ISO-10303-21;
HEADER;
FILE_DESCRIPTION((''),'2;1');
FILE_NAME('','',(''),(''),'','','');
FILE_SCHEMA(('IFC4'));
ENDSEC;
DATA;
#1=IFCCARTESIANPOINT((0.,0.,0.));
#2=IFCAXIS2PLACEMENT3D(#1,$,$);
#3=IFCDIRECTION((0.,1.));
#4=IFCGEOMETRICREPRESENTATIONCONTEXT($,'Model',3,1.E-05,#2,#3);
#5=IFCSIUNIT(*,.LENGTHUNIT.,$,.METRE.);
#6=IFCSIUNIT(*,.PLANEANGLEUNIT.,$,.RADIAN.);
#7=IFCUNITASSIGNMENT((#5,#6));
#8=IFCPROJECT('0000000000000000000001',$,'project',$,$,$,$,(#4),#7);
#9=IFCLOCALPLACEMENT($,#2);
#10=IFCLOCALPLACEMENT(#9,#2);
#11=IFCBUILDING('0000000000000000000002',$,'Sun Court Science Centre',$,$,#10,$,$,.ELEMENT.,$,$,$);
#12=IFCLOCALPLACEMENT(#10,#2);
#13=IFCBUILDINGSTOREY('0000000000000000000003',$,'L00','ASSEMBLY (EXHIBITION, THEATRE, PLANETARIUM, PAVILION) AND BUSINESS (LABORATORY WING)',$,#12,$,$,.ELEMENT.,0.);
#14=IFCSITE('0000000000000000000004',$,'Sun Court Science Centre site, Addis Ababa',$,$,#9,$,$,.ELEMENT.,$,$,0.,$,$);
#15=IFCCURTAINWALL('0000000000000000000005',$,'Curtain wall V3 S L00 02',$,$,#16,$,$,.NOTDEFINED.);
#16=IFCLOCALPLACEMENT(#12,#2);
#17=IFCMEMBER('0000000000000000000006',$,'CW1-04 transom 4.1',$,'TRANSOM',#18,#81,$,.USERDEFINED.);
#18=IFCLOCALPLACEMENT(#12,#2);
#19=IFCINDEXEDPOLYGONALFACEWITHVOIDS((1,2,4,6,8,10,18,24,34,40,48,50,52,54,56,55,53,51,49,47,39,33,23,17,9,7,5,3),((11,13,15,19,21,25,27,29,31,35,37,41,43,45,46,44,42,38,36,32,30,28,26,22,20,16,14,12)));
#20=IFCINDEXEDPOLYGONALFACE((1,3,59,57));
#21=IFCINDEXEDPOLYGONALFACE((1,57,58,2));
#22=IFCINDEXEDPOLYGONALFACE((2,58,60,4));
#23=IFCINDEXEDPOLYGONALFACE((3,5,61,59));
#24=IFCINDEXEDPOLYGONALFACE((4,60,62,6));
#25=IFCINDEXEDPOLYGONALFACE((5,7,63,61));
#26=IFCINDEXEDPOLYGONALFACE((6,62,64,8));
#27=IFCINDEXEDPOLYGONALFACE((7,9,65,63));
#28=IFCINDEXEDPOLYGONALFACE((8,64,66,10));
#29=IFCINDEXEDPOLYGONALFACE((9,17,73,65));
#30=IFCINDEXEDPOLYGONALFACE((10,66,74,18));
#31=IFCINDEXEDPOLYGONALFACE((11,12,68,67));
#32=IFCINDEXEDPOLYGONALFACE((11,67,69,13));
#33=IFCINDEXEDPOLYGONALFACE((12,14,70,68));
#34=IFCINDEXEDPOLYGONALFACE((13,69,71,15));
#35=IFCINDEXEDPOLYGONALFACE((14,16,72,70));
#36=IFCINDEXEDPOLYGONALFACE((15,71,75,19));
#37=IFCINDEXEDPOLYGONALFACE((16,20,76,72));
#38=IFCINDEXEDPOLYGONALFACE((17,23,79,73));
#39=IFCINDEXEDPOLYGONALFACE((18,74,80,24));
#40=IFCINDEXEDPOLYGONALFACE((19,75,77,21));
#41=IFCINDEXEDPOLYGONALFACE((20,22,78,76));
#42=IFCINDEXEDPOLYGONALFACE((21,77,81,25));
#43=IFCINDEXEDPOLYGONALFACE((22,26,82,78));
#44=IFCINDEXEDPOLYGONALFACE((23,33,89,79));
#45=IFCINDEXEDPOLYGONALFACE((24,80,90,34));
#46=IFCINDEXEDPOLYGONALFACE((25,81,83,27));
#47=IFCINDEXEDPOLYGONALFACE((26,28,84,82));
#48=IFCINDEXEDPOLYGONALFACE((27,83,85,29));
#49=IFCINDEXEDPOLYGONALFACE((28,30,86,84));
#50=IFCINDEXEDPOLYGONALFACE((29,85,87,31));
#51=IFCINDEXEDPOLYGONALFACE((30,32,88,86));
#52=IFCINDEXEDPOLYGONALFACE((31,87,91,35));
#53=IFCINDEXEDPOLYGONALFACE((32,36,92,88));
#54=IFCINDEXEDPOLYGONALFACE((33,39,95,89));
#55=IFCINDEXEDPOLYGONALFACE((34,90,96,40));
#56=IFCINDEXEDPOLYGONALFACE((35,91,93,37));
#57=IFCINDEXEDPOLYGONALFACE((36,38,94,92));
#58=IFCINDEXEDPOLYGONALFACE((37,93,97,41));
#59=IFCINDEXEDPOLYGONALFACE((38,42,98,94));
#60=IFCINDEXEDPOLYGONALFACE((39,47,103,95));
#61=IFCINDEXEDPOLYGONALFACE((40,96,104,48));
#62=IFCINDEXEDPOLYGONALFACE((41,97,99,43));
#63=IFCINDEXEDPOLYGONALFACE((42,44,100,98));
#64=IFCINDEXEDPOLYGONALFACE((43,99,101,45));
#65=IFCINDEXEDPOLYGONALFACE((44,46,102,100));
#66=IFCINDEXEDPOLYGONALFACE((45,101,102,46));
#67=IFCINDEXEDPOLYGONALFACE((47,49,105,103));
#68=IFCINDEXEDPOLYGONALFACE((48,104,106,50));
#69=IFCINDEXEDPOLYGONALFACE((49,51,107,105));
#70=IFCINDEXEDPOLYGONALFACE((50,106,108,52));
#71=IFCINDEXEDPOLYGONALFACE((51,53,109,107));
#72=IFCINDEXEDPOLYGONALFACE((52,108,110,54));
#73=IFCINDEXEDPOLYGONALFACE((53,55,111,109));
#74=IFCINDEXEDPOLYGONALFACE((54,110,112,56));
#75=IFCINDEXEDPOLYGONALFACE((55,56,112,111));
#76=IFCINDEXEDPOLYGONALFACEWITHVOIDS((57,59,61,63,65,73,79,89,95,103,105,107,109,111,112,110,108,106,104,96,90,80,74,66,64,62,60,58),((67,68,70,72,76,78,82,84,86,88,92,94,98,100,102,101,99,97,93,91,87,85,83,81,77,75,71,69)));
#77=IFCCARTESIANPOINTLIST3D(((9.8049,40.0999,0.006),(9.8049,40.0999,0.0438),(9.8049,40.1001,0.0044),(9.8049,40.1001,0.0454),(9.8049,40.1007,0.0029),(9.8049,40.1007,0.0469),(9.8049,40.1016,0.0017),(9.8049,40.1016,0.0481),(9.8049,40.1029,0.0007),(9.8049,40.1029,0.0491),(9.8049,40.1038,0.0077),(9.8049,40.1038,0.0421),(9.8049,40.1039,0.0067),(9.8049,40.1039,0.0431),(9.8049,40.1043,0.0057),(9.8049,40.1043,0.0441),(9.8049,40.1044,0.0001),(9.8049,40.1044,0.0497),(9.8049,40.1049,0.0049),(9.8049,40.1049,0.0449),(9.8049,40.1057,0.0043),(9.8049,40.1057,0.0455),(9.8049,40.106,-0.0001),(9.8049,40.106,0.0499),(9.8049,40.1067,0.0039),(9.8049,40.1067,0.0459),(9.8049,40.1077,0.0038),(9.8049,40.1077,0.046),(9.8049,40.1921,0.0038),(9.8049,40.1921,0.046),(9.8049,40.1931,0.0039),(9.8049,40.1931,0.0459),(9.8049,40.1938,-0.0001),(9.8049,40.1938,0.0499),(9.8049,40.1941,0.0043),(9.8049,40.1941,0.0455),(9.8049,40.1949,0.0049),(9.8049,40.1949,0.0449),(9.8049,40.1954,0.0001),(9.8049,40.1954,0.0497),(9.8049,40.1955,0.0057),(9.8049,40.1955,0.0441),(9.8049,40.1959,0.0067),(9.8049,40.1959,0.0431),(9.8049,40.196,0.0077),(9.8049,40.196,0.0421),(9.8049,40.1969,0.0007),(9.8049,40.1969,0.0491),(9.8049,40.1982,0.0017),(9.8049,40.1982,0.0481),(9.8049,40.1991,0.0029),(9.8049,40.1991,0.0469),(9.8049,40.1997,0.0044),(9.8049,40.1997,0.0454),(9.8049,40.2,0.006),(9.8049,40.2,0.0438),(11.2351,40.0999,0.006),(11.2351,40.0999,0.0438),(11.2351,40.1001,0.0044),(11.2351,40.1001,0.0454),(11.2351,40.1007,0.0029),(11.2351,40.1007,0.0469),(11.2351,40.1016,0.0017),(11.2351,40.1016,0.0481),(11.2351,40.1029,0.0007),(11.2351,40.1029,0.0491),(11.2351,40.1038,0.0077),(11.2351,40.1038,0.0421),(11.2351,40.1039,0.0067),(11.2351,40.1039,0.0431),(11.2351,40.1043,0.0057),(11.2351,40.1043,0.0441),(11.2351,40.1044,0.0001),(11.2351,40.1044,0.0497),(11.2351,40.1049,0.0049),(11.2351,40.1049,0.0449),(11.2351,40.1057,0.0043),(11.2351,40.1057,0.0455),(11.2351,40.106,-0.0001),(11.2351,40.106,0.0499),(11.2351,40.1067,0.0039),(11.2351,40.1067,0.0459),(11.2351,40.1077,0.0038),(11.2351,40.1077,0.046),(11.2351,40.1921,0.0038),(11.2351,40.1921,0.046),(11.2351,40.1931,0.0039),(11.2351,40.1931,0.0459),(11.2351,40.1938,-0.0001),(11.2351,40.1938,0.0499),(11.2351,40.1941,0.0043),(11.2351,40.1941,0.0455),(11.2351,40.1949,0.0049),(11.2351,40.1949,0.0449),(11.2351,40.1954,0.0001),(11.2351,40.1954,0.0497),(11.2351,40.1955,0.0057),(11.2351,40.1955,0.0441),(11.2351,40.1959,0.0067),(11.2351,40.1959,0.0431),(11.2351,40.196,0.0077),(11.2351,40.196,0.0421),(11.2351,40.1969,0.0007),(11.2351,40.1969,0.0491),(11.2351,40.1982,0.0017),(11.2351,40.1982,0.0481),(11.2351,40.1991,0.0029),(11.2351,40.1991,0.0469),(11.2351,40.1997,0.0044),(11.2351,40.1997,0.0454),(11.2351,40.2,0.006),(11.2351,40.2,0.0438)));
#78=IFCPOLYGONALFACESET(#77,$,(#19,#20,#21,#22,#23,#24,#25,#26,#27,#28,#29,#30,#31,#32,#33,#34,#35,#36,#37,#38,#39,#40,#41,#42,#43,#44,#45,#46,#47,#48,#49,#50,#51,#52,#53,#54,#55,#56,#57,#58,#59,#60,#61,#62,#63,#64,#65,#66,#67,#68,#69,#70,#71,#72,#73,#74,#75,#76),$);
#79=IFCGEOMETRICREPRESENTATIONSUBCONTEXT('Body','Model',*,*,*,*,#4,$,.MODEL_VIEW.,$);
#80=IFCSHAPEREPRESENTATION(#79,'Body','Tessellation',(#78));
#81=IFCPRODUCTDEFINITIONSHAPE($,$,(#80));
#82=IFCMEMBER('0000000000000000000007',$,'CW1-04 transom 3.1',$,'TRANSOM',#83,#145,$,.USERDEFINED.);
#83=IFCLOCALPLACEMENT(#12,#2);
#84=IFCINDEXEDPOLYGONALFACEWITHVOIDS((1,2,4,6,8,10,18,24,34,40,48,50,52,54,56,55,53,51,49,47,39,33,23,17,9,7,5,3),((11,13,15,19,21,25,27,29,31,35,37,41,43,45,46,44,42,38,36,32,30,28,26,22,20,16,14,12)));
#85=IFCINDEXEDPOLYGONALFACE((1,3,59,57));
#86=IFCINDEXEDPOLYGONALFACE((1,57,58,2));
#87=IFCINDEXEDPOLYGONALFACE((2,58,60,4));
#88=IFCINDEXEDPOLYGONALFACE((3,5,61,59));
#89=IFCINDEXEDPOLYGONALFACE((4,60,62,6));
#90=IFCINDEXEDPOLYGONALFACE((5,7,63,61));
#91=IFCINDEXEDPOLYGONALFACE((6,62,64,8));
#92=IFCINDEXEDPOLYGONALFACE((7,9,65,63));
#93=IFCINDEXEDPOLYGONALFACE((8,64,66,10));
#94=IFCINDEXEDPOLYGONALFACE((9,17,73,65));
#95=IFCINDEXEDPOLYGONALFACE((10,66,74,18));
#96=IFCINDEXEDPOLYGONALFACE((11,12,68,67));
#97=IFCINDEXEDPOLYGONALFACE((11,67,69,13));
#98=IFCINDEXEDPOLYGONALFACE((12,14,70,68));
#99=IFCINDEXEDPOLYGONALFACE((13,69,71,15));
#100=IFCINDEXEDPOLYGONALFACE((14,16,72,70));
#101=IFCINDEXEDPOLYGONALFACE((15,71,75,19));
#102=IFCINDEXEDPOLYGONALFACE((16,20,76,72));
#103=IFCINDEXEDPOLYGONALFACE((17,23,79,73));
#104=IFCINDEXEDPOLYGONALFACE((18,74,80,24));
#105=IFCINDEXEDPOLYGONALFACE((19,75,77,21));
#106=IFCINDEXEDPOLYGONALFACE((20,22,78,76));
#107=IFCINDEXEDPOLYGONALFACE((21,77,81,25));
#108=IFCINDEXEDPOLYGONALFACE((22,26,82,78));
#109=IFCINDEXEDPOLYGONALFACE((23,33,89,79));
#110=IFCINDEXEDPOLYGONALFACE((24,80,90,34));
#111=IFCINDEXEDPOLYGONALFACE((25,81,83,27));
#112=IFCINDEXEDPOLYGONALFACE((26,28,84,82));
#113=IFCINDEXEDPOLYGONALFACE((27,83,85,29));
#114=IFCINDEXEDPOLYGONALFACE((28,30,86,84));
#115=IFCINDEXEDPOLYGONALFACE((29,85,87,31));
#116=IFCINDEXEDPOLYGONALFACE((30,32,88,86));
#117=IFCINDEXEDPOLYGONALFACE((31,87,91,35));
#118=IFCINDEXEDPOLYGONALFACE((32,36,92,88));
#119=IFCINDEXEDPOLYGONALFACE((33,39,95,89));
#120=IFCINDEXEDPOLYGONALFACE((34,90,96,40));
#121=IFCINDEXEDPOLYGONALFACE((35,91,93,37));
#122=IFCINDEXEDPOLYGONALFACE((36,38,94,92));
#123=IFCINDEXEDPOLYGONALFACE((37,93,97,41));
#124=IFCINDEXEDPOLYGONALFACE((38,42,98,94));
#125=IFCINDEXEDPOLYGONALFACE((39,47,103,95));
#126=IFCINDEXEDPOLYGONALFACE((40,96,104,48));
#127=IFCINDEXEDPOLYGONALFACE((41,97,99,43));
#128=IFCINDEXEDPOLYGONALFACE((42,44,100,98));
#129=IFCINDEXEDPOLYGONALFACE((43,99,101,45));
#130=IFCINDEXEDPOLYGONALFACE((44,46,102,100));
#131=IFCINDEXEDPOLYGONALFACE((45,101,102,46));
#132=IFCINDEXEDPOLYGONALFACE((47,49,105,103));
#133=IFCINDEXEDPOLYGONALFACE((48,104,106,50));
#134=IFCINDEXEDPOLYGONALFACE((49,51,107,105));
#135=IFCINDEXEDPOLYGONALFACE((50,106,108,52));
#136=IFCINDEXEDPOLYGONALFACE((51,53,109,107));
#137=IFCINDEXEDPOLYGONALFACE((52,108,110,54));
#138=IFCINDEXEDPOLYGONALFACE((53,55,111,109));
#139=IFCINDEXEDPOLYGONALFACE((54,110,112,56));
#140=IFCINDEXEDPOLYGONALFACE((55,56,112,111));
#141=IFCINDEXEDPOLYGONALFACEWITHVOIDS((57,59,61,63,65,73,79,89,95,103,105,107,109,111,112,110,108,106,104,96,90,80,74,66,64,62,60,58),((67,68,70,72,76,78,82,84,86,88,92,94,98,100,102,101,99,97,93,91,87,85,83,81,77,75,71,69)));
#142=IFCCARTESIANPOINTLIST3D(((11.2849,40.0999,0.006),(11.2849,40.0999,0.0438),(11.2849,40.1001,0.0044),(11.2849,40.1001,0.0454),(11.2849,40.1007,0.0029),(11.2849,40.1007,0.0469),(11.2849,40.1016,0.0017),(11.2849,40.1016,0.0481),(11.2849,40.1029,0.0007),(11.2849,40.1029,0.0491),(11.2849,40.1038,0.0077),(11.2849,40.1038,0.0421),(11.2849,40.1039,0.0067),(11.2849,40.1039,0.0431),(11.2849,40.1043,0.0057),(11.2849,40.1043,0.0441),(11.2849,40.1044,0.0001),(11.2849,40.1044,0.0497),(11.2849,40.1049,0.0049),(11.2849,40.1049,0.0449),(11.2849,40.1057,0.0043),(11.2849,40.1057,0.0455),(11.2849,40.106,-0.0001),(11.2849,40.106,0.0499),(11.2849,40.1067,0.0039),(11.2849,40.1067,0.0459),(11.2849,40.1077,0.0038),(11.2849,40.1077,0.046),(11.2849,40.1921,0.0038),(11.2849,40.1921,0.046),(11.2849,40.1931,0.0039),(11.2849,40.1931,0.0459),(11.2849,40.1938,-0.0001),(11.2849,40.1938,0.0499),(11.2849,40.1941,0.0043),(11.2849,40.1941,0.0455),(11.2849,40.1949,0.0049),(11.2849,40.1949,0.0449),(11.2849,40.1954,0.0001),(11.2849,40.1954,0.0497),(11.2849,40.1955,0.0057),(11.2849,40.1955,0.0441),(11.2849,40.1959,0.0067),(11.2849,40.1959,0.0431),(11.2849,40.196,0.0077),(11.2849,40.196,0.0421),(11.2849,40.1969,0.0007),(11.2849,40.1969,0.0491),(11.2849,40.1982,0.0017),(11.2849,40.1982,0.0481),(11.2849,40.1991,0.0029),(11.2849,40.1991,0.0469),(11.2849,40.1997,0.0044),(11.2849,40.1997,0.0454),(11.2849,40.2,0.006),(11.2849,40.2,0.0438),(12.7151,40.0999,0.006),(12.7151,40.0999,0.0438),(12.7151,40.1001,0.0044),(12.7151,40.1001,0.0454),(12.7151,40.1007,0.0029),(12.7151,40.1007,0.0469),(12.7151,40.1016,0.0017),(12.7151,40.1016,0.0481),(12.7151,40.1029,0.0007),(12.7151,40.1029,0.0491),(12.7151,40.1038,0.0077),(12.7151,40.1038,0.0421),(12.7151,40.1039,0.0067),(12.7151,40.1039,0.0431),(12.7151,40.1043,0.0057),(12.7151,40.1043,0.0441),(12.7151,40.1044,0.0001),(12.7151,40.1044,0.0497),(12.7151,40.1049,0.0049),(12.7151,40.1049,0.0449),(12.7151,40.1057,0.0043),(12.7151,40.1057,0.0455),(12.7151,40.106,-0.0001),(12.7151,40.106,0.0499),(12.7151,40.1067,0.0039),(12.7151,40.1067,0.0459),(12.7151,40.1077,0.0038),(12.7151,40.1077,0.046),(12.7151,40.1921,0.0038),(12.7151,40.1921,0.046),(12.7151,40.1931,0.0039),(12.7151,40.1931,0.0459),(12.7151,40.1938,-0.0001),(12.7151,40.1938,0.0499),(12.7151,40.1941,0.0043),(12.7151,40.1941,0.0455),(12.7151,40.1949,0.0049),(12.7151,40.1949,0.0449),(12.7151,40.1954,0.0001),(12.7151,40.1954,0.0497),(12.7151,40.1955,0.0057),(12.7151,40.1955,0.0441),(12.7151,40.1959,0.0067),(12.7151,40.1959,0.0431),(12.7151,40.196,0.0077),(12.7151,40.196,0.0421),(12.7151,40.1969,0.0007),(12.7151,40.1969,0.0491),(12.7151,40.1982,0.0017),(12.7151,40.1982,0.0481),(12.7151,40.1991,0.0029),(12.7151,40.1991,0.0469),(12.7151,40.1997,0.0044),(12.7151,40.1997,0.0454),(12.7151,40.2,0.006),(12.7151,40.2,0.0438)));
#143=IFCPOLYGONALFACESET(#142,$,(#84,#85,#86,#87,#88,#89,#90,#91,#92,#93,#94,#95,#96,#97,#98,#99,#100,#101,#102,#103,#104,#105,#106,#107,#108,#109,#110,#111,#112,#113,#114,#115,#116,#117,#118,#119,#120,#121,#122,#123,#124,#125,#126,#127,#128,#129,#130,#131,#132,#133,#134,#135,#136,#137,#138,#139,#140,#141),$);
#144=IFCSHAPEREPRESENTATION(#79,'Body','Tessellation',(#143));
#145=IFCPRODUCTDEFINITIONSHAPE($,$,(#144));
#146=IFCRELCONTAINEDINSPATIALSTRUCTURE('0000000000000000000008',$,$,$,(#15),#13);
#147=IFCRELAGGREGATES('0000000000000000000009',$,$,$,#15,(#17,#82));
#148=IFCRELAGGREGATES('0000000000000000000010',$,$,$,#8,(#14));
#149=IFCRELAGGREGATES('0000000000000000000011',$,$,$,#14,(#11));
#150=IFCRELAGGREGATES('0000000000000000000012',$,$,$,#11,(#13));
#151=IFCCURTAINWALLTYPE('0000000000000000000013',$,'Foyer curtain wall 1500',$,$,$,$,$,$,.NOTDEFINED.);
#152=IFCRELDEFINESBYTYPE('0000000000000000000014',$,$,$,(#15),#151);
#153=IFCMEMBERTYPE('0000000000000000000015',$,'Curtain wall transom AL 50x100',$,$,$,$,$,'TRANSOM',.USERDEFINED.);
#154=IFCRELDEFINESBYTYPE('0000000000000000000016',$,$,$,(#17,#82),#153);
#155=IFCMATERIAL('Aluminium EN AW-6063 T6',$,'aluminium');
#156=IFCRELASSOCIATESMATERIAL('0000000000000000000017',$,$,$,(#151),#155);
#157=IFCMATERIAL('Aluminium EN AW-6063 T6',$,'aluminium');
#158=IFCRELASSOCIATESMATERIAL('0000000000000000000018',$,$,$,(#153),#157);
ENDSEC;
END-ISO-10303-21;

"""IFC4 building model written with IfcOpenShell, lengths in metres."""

from ifc_helpers import new_model, si_unit, direction, frame, origin, origin_2d, place, context, subcontext, project, spatial, hollow_rectangle, extrude, material, material_profile, profile_set, type_object, element, aggregate, save


model = new_model("IFC4")

# Units and contexts
model_context = context("Model", 3, precision=1e-05, world=origin(), true_north=direction((0.0, 1.0)))
body_context = subcontext(model_context, "Body", "Model", "MODEL_VIEW")
ifc_project = project(units=[si_unit("LENGTHUNIT", "METRE"), si_unit("PLANEANGLEUNIT", "RADIAN")], contexts=[model_context])

# Site, building, storey
site_placement = place(None, origin())
site = spatial("IfcSite", under=ifc_project, at=site_placement, Name="Sun Court Science Centre site, Addis Ababa", CompositionType="ELEMENT", RefElevation=0.0)
building_placement = place(site_placement, origin())
building = spatial("IfcBuilding", under=site, at=building_placement, Name="Sun Court Science Centre", CompositionType="ELEMENT")
storey_placement = place(building_placement, origin())
storey = spatial("IfcBuildingStorey", under=building, at=storey_placement, Name="L00", Description="ASSEMBLY (EXHIBITION, THEATRE, PLANETARIUM, PAVILION) AND BUSINESS (LABORATORY WING)", CompositionType="ELEMENT", Elevation=0.0)

# Curtain wall
ifc_material_1 = material(Name="Aluminium EN AW-6063 T6", Category="aluminium")
curtain_wall_type = type_object("IfcCurtainWallType", Name="Foyer curtain wall 1500", PredefinedType="NOTDEFINED", material=ifc_material_1)
curtain_wall_1_placement = place(storey_placement, origin())
curtain_wall_1 = element("IfcCurtainWall", 1, at=curtain_wall_1_placement, inside=storey, type_object=curtain_wall_type, Name="Curtain wall V3 S L00 02", PredefinedType="NOTDEFINED")

# Members
ifc_material_2 = material(Name="Aluminium EN AW-6063 T6", Category="aluminium")
ifc_material_profile_1 = material_profile(ifc_material_2, hollow_rectangle(XDim=0.05, YDim=0.1001, WallThickness=0.0039, InnerFilletRadius=0.0039, OuterFilletRadius=0.0061, at=origin_2d()), Name="AL 50x100x4")
ifc_profile_set_1 = profile_set([ifc_material_profile_1], Name="Aluminium EN AW-6063 T6")
member_type_1 = type_object("IfcMemberType", Name="Curtain wall transom AL 50x100", ElementType="TRANSOM", PredefinedType="USERDEFINED", material=ifc_profile_set_1)
member_1_placement = place(storey_placement, frame((11.2351, 40.1499, 0.0249), z_axis=(-1.0, 0.0, 0.0), x_axis=(0.0, 0.0, 1.0)))
member_1 = element("IfcMember", 2, at=member_1_placement, type_object=member_type_1, Name="CW1-04 transom 4.1", ObjectType="TRANSOM", PredefinedType="USERDEFINED", context=body_context, shape_type="SweptSolid", body=[
    extrude(hollow_rectangle(XDim=0.05, YDim=0.1001, WallThickness=0.0039, InnerFilletRadius=0.0039, OuterFilletRadius=0.0061, at=origin_2d()), origin(), (0.0, 0.0, 1.0), 1.4302),
])
member_2_placement = place(storey_placement, frame((12.7151, 40.1499, 0.0249), z_axis=(-1.0, 0.0, 0.0), x_axis=(0.0, 0.0, 1.0)))
member_2 = element("IfcMember", 3, at=member_2_placement, type_object=member_type_1, Name="CW1-04 transom 3.1", ObjectType="TRANSOM", PredefinedType="USERDEFINED", context=body_context, shape_type="SweptSolid", body=[
    extrude(hollow_rectangle(XDim=0.05, YDim=0.1001, WallThickness=0.0039, InnerFilletRadius=0.0039, OuterFilletRadius=0.0061, at=origin_2d()), origin(), (0.0, 0.0, 1.0), 1.4302),
])

aggregate(curtain_wall_1, [member_1, member_2])

save(model, "model.ifc")
